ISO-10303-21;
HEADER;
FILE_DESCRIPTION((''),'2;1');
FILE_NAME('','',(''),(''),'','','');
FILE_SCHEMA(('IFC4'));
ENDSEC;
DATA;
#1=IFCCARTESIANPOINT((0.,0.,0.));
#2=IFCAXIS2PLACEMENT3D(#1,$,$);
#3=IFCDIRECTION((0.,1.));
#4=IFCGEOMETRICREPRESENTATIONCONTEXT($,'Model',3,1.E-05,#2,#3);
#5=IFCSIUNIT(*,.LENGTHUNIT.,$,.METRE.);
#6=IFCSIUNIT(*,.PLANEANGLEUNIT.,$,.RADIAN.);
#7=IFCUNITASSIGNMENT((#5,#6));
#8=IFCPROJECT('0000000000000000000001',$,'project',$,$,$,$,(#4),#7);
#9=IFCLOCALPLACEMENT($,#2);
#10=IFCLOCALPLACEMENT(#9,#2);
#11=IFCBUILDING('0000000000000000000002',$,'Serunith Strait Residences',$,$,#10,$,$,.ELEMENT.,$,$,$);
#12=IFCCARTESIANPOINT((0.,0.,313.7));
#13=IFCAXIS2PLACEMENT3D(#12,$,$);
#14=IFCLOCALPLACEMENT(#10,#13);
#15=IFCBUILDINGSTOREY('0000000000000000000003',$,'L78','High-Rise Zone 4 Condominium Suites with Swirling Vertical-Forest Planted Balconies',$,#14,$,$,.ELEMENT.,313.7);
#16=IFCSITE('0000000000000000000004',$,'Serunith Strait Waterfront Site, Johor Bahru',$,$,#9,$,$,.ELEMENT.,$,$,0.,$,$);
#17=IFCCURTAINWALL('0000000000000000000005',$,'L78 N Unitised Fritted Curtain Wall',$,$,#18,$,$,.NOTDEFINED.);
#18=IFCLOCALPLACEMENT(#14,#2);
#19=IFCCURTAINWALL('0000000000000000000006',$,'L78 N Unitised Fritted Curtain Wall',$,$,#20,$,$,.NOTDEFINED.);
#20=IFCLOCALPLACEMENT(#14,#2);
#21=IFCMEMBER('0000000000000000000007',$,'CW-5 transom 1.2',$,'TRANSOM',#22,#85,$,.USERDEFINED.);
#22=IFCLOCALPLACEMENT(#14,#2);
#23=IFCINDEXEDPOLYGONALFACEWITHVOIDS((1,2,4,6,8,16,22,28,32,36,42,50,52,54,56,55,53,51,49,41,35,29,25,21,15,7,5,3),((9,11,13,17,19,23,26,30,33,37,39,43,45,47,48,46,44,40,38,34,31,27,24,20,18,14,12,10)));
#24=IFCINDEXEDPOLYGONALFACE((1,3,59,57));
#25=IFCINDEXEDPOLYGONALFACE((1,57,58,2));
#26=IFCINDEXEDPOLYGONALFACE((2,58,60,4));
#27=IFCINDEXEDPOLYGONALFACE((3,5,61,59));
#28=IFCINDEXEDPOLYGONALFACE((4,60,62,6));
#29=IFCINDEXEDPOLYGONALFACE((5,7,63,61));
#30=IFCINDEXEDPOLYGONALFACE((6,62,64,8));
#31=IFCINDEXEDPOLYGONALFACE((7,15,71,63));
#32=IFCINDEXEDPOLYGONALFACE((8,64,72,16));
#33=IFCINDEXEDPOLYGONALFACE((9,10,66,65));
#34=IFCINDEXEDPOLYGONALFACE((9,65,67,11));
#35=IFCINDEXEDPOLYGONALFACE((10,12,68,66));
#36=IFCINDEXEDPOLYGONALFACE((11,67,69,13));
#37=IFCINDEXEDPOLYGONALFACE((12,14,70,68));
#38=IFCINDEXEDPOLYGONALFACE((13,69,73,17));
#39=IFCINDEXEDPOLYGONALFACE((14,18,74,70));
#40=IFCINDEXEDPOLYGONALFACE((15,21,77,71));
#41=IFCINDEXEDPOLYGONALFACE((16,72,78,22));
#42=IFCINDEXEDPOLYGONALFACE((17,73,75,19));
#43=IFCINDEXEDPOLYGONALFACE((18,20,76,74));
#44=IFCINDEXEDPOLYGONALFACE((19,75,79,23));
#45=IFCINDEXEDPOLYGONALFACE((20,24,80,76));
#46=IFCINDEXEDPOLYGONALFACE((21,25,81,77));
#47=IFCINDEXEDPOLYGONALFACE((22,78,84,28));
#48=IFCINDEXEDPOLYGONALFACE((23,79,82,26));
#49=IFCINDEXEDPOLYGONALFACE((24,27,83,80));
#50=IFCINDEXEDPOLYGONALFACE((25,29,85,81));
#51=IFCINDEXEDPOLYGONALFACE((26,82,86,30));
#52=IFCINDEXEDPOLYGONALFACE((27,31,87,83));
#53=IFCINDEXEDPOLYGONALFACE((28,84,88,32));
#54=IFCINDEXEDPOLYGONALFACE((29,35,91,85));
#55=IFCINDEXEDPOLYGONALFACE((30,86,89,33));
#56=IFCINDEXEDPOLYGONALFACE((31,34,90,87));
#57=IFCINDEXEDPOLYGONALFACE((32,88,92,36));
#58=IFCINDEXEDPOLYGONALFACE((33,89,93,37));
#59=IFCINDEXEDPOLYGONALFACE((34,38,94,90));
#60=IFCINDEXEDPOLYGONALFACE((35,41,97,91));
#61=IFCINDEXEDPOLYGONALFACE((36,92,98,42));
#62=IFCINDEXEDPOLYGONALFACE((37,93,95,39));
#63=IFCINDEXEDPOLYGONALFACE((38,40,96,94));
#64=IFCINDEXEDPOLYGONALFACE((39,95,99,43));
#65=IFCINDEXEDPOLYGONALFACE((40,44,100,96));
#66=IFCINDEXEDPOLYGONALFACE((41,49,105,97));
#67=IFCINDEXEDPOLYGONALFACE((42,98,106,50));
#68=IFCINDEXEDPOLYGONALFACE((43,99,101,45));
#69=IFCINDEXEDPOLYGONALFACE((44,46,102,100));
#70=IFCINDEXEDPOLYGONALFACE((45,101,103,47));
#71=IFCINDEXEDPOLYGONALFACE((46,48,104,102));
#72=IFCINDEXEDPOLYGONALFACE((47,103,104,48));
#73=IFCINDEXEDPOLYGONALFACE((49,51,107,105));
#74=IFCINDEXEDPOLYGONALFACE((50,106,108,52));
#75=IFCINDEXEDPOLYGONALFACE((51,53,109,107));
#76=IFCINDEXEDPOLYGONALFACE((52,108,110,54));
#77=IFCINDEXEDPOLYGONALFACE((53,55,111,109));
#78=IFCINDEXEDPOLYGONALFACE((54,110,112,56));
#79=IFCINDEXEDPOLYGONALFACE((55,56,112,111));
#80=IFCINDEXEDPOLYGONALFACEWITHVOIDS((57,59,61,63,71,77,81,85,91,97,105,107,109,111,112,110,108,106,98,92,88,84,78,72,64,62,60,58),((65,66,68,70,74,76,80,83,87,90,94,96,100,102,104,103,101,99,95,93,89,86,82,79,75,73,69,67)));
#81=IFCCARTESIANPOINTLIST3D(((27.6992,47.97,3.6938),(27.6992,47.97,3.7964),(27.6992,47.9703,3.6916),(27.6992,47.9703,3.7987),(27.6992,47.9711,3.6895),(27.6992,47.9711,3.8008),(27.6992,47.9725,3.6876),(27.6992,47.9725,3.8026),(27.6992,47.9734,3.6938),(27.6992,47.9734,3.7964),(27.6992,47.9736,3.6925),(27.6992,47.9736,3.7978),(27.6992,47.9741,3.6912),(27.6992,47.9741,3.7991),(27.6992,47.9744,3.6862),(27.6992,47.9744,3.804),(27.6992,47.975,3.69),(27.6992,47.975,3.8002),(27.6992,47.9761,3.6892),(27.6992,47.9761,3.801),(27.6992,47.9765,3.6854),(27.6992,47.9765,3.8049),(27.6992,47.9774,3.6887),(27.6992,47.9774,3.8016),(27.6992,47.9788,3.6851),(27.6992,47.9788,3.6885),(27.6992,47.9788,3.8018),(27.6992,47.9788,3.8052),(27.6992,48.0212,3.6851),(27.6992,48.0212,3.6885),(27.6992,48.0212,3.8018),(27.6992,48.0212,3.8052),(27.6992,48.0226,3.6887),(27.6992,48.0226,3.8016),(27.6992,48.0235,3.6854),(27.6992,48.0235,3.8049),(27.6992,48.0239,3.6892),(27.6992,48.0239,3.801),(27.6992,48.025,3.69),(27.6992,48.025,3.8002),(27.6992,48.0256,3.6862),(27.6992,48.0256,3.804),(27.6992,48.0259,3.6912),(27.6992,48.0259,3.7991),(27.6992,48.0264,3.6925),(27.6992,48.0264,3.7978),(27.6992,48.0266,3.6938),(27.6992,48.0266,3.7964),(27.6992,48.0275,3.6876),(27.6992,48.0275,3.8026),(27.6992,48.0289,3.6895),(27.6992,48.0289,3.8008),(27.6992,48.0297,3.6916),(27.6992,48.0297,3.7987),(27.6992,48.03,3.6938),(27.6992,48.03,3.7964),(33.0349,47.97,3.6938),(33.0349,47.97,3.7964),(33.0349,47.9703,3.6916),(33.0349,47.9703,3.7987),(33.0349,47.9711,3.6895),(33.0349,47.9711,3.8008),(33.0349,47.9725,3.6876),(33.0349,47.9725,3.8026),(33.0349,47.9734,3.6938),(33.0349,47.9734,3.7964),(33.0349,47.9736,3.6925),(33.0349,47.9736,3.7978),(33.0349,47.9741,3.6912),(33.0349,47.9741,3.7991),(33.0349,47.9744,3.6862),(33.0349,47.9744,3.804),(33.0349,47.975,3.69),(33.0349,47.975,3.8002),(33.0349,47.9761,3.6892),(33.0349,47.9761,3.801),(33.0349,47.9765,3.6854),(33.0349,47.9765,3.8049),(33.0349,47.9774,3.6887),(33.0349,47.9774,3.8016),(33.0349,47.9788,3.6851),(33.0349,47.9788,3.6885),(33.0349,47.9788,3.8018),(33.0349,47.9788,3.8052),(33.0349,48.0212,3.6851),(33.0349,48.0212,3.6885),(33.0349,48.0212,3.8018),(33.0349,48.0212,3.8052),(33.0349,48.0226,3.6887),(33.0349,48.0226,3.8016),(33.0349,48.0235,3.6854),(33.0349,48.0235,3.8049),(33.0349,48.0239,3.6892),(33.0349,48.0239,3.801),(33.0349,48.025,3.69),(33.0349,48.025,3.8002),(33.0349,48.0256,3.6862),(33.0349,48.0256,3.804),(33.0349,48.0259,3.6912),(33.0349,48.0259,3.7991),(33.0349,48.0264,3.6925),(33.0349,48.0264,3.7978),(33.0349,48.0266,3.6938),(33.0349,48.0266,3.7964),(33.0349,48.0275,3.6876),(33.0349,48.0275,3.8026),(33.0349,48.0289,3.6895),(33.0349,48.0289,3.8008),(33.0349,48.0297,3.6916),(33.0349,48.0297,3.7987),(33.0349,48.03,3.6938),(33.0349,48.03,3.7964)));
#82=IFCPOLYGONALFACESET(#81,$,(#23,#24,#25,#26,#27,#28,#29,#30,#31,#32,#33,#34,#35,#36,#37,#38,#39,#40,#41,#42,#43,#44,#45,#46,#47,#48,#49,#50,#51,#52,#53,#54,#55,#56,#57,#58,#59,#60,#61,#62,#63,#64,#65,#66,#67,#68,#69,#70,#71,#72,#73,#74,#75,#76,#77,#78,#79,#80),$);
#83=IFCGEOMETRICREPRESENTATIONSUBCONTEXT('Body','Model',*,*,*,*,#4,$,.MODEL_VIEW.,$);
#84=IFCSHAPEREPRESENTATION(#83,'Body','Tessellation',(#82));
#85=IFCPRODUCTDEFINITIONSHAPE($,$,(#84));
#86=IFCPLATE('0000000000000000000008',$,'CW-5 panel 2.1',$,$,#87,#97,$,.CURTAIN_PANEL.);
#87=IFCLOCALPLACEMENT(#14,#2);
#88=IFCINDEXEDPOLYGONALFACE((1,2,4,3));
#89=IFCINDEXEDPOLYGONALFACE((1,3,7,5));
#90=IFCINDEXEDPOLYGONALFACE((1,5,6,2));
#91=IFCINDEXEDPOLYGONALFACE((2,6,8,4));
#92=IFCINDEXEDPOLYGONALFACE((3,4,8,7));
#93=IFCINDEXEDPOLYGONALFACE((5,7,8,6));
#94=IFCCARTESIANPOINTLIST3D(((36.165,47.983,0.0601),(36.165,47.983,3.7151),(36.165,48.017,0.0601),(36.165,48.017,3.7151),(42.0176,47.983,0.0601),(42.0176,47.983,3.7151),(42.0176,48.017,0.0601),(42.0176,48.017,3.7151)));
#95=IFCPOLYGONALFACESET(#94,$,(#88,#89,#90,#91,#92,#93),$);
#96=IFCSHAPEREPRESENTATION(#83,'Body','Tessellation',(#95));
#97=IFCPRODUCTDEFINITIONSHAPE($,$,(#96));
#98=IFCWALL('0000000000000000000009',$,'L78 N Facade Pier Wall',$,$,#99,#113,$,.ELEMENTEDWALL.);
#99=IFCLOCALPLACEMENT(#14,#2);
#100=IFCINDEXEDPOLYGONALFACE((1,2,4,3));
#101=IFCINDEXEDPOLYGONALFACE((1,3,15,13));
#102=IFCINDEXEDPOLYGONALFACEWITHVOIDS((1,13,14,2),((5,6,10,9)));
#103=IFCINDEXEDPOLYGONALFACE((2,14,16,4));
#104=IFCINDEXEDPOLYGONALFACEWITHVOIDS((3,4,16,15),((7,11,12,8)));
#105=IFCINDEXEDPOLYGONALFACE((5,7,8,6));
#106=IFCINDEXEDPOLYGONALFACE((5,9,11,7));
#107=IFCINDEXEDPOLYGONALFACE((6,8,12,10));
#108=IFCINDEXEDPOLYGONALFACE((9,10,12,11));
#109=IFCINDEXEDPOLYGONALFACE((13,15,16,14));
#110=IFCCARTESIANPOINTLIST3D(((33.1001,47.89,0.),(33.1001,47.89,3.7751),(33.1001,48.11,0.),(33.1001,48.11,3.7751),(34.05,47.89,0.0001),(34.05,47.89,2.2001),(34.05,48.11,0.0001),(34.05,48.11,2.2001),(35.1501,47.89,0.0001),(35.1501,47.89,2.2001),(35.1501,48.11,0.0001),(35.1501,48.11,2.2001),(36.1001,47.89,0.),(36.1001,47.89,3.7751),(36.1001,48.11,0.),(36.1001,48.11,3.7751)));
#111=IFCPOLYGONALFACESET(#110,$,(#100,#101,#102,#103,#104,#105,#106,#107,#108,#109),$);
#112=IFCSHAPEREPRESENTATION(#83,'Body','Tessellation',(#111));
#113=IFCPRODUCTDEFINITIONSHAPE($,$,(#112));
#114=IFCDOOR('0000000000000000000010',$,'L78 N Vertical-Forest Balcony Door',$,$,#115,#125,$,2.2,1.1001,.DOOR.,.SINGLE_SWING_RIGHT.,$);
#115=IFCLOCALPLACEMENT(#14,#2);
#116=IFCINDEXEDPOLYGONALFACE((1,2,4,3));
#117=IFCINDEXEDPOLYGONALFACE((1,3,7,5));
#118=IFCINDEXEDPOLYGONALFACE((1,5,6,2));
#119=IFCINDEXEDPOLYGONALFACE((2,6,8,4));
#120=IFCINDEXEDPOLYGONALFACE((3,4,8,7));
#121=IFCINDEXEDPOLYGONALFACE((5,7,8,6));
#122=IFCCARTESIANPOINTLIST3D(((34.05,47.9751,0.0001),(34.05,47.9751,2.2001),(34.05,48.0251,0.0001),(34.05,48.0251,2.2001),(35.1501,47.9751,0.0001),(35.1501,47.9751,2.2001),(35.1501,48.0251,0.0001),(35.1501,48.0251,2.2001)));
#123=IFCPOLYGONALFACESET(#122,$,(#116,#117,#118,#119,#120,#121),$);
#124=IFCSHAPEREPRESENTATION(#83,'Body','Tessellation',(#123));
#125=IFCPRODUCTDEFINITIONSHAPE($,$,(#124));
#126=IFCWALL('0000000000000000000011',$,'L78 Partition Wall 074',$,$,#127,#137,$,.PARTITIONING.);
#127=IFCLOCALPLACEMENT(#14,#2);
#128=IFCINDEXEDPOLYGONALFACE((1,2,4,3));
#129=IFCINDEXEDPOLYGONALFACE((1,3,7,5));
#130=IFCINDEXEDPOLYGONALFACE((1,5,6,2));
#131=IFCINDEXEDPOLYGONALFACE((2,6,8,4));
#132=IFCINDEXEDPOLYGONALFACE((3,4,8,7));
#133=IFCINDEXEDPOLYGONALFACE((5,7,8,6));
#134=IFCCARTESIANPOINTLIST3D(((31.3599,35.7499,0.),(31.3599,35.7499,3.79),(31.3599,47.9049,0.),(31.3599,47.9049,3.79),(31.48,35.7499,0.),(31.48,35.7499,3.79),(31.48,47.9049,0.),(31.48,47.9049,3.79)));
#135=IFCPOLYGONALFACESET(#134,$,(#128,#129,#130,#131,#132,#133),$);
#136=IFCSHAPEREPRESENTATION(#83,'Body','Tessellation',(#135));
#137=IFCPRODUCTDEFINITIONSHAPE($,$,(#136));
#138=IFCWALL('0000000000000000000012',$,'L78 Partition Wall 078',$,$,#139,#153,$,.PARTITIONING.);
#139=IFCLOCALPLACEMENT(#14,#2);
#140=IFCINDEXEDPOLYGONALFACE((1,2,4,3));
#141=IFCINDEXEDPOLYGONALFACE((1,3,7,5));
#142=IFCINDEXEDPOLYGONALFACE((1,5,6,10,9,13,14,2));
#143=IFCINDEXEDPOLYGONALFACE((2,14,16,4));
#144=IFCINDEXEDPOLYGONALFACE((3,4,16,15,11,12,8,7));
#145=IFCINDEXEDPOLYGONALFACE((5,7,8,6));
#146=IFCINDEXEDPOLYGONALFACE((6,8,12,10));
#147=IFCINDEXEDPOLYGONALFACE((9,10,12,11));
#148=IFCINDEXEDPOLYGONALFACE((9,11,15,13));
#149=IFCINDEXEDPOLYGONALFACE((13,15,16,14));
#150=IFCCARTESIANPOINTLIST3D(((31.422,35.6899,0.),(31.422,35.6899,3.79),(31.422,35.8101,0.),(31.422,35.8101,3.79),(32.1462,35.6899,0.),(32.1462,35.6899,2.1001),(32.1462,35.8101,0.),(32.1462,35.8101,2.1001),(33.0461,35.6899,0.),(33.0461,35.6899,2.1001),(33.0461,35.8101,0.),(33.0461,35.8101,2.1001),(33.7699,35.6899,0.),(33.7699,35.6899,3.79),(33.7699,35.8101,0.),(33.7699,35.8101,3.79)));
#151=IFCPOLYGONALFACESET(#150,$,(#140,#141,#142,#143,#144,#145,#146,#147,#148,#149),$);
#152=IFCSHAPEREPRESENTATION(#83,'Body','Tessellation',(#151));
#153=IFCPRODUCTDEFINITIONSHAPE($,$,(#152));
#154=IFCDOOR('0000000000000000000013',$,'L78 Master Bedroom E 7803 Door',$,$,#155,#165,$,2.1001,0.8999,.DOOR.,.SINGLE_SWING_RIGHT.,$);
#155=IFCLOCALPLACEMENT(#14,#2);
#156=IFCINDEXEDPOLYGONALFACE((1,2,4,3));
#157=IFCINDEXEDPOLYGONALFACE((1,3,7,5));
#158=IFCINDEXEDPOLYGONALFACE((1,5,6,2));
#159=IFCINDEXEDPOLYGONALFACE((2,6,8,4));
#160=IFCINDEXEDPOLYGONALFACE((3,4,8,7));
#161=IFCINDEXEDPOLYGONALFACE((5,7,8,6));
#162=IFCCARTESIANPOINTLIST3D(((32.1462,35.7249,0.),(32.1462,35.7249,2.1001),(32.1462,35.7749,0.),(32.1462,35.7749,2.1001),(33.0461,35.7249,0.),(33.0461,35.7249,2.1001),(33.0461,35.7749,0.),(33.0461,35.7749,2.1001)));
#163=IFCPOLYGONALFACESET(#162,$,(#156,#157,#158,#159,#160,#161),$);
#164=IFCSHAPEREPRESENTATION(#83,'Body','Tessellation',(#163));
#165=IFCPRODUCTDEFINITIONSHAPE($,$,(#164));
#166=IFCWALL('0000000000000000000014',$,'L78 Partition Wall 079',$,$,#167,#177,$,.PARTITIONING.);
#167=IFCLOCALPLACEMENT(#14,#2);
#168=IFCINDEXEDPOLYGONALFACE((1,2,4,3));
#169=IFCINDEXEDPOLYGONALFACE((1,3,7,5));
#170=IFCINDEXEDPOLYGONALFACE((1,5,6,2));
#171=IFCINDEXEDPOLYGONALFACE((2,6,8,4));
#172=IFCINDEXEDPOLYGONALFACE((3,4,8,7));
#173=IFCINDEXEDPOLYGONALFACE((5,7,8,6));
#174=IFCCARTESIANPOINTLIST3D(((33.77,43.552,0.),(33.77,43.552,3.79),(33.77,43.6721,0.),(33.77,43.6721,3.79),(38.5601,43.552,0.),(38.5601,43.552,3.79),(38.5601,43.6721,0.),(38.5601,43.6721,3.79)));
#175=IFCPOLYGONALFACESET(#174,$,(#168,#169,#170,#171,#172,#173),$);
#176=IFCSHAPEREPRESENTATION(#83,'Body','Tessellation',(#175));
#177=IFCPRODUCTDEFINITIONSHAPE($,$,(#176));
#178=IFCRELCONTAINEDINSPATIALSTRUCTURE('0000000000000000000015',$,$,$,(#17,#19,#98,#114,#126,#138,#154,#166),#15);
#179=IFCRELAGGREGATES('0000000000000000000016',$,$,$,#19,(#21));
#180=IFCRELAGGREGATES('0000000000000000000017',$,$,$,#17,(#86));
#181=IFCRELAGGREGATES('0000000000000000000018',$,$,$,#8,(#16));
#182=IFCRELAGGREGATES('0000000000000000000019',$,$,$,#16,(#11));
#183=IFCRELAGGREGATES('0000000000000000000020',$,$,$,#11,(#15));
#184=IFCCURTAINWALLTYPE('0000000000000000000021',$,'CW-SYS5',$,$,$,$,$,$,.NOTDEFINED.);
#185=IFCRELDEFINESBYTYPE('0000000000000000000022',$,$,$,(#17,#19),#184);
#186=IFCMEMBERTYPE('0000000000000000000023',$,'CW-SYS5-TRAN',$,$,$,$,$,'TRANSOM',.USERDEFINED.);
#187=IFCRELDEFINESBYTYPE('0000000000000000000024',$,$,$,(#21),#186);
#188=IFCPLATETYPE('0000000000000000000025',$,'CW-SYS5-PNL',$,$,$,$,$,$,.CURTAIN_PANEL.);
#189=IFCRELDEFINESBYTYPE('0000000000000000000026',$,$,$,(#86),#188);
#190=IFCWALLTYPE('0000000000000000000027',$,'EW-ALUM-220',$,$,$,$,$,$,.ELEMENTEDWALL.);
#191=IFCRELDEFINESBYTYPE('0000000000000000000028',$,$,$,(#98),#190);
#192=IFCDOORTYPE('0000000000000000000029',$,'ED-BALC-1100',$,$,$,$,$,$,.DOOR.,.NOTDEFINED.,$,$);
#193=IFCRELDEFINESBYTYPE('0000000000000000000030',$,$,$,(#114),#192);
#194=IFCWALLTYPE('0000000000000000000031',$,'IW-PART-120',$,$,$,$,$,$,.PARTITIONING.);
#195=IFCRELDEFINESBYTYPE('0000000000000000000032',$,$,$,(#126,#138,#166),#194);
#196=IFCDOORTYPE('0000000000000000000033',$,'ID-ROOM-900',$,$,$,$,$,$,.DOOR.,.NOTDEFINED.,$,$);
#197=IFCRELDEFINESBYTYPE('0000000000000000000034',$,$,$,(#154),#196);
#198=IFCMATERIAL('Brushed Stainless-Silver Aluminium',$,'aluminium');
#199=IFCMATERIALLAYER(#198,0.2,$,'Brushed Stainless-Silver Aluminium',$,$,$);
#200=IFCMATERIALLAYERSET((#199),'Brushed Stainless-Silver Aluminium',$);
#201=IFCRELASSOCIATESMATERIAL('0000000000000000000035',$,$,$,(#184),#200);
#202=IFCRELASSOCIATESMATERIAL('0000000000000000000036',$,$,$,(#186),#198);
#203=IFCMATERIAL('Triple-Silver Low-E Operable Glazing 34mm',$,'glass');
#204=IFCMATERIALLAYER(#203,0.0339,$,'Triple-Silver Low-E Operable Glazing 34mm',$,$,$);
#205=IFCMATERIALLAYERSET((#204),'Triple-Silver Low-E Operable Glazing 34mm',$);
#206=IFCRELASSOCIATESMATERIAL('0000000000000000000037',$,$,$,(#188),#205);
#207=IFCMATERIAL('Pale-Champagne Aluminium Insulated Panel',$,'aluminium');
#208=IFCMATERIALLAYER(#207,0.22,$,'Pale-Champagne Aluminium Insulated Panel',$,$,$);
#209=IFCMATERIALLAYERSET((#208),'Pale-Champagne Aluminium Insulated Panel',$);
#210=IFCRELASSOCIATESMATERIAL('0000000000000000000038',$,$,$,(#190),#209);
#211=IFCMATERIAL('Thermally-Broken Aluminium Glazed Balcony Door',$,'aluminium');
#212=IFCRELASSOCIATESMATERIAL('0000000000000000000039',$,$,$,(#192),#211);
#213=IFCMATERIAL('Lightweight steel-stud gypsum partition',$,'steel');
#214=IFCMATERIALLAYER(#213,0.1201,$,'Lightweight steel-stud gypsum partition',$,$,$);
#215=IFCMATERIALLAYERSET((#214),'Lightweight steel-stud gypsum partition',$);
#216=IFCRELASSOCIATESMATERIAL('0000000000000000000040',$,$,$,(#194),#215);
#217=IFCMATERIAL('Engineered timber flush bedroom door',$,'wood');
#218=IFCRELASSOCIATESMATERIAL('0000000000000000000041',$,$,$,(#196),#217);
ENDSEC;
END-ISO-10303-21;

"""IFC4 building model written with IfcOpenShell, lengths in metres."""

from ifc_helpers import new_model, si_unit, direction, frame, frame_2d, origin, origin_2d, place, context, subcontext, project, spatial, rectangle, hollow_rectangle, extrude, source, transform, mapped, material, layer, layer_set, material_profile, profile_set, type_object, element, fill, aggregate, save


model = new_model("IFC4")

# Units and contexts
model_context = context("Model", 3, precision=1e-05, world=origin(), true_north=direction((0.0, 1.0)))
body_context = subcontext(model_context, "Body", "Model", "MODEL_VIEW")
ifc_project = project(units=[si_unit("LENGTHUNIT", "METRE"), si_unit("PLANEANGLEUNIT", "RADIAN")], contexts=[model_context])

# Site, building, storey
site_placement = place(None, origin())
site = spatial("IfcSite", under=ifc_project, at=site_placement, Name="Serunith Strait Waterfront Site, Johor Bahru", CompositionType="ELEMENT", RefElevation=0.0)
building_placement = place(site_placement, origin())
building = spatial("IfcBuilding", under=site, at=building_placement, Name="Serunith Strait Residences", CompositionType="ELEMENT")
storey_placement = place(building_placement, frame((0.0, 0.0, 313.7)))
storey = spatial("IfcBuildingStorey", under=building, at=storey_placement, Name="L78", Description="High-Rise Zone 4 Condominium Suites with Swirling Vertical-Forest Planted Balconies", CompositionType="ELEMENT", Elevation=313.7)

# Curtain wall
ifc_material_1 = material(Name="Brushed Stainless-Silver Aluminium", Category="aluminium")
ifc_layer_1 = layer(ifc_material_1, 0.2, Name="Brushed Stainless-Silver Aluminium")
ifc_layer_set_1 = layer_set([ifc_layer_1], Name="Brushed Stainless-Silver Aluminium")
curtain_wall_type = type_object("IfcCurtainWallType", Name="CW-SYS5", PredefinedType="NOTDEFINED", material=ifc_layer_set_1)
curtain_wall_1_placement = place(storey_placement, origin())
curtain_wall_1 = element("IfcCurtainWall", 1, at=curtain_wall_1_placement, inside=storey, type_object=curtain_wall_type, Name="L78 N Unitised Fritted Curtain Wall", PredefinedType="NOTDEFINED")

# Curtain wall
curtain_wall_2_placement = place(storey_placement, origin())
curtain_wall_2 = element("IfcCurtainWall", 2, at=curtain_wall_2_placement, inside=storey, type_object=curtain_wall_type, Name="L78 N Unitised Fritted Curtain Wall", PredefinedType="NOTDEFINED")

# Member
ifc_material_profile_1 = material_profile(ifc_material_1, hollow_rectangle(XDim=0.0601, YDim=0.1201, WallThickness=0.0034, InnerFilletRadius=0.0054, OuterFilletRadius=0.0088, at=origin_2d()), Name="ALU 120x60x3.5")
ifc_profile_set_1 = profile_set([ifc_material_profile_1], Name="Brushed Stainless-Silver Aluminium")
member_type_1 = type_object("IfcMemberType", Name="CW-SYS5-TRAN", ElementType="TRANSOM", PredefinedType="USERDEFINED", material=ifc_profile_set_1)
shared_shape_1 = source(origin(), body_context, "Body", "SweptSolid", [
    extrude(hollow_rectangle(XDim=0.0601, YDim=0.1201, WallThickness=0.0034, InnerFilletRadius=0.0054, OuterFilletRadius=0.0088, at=origin_2d()), origin(), (0.0, 0.0, 1.0), 5.3357),
])
member_1_placement = place(storey_placement, frame((33.0349, 48.0, 3.7451), z_axis=(-1.0, 0.0, 0.0), x_axis=(0.0, -1.0, 0.0)))
member_1 = element("IfcMember", 3, at=member_1_placement, type_object=member_type_1, Name="CW-5 transom 1.2", ObjectType="TRANSOM", PredefinedType="USERDEFINED", context=body_context, shape_type="MappedRepresentation", body=[
    mapped(shared_shape_1, transform((0.0, 0.0, 0.0), scale=1.0)),
])
aggregate(curtain_wall_2, [member_1])

# Plate
ifc_material_2 = material(Name="Triple-Silver Low-E Operable Glazing 34mm", Category="glass")
ifc_layer_2 = layer(ifc_material_2, 0.0339, Name="Triple-Silver Low-E Operable Glazing 34mm")
ifc_layer_set_2 = layer_set([ifc_layer_2], Name="Triple-Silver Low-E Operable Glazing 34mm")
plate_type = type_object("IfcPlateType", Name="CW-SYS5-PNL", PredefinedType="CURTAIN_PANEL", material=ifc_layer_set_2)
shared_shape_2 = source(origin(), body_context, "Body", "SweptSolid", [
    extrude(rectangle(XDim=5.8525, YDim=0.0339, at=origin_2d()), origin(), (0.0, 0.0, 1.0), 3.655),
])
plate_placement = place(storey_placement, frame((39.0913, 48.0, 0.0601), z_axis=(0.0, 0.0, 1.0), x_axis=(-1.0, 0.0, 0.0)))
plate = element("IfcPlate", 4, at=plate_placement, type_object=plate_type, Name="CW-5 panel 2.1", PredefinedType="CURTAIN_PANEL", context=body_context, shape_type="MappedRepresentation", body=[
    mapped(shared_shape_2, transform((0.0, 0.0, 0.0), scale=1.0)),
])
aggregate(curtain_wall_1, [plate])

# Wall, opening, door
ifc_material_3 = material(Name="Pale-Champagne Aluminium Insulated Panel", Category="aluminium")
ifc_layer_3 = layer(ifc_material_3, 0.22, Name="Pale-Champagne Aluminium Insulated Panel")
ifc_layer_set_3 = layer_set([ifc_layer_3], Name="Pale-Champagne Aluminium Insulated Panel")
wall_type_1 = type_object("IfcWallType", Name="EW-ALUM-220", PredefinedType="ELEMENTEDWALL", material=ifc_layer_set_3)
wall_1_placement = place(storey_placement, frame((36.1001, 48.0, 0.0), z_axis=(0.0, 0.0, 1.0), x_axis=(-1.0, 0.0, 0.0)))
wall_1 = element("IfcWall", 5, at=wall_1_placement, inside=storey, type_object=wall_type_1, Name="L78 N Facade Pier Wall", PredefinedType="ELEMENTEDWALL", context=body_context, shape_type="SweptSolid", body=[
    extrude(rectangle(XDim=3.0, YDim=0.22, at=frame_2d((1.5, 0.0))), origin(), (0.0, 0.0, 1.0), 3.7751),
])
opening_1_placement = place(wall_1_placement, frame((0.95, 0.0, 0.0)))
opening_1 = element("IfcOpeningElement", 6, at=opening_1_placement, cuts=wall_1, PredefinedType="OPENING", context=body_context, shape_type="SweptSolid", body=[
    extrude(rectangle(XDim=1.1001, YDim=2.2, at=frame_2d((0.55, 1.1001))), frame((0.0, 0.1201, 0.0), z_axis=(0.0, -1.0, 0.0), x_axis=(1.0, 0.0, 0.0)), (0.0, 0.0, 1.0), 0.24),
])
ifc_material_4 = material(Name="Thermally-Broken Aluminium Glazed Balcony Door", Category="aluminium")
door_type_1 = type_object("IfcDoorType", Name="ED-BALC-1100", OperationType="NOTDEFINED", PredefinedType="DOOR", material=ifc_material_4)
shared_shape_3 = source(origin(), body_context, "Body", "SweptSolid", [
    extrude(rectangle(XDim=1.1001, YDim=2.2, at=frame_2d((0.55, 1.1001))), frame((0.0, 0.0249, 0.0), z_axis=(0.0, -1.0, 0.0), x_axis=(1.0, 0.0, 0.0)), (0.0, 0.0, 1.0), 0.05),
])
door_1_placement = place(opening_1_placement, origin())
door_1 = element("IfcDoor", 7, at=door_1_placement, inside=storey, type_object=door_type_1, Name="L78 N Vertical-Forest Balcony Door", OperationType="SINGLE_SWING_RIGHT", OverallHeight=2.2, OverallWidth=1.1001, PredefinedType="DOOR", context=body_context, shape_type="MappedRepresentation", body=[
    mapped(shared_shape_3, transform((0.0, 0.0, 0.0), scale=1.0)),
])
fill(opening_1, door_1)

# Wall
ifc_material_5 = material(Name="Lightweight steel-stud gypsum partition", Category="steel")
ifc_layer_4 = layer(ifc_material_5, 0.1201, Name="Lightweight steel-stud gypsum partition")
ifc_layer_set_4 = layer_set([ifc_layer_4], Name="Lightweight steel-stud gypsum partition")
wall_type_2 = type_object("IfcWallType", Name="IW-PART-120", PredefinedType="PARTITIONING", material=ifc_layer_set_4)
wall_2_placement = place(storey_placement, frame((31.4199, 47.905, 0.0), z_axis=(0.0, 0.0, 1.0), x_axis=(0.0, -1.0, 0.0)))
element("IfcWall", 8, at=wall_2_placement, inside=storey, type_object=wall_type_2, Name="L78 Partition Wall 074", PredefinedType="PARTITIONING", context=body_context, shape_type="SweptSolid", body=[
    extrude(rectangle(XDim=12.155, YDim=0.1201, at=frame_2d((6.0776, 0.0))), origin(), (0.0, 0.0, 1.0), 3.79),
])

# Wall, opening, door
wall_3_placement = place(storey_placement, frame((31.4221, 35.75, 0.0), z_axis=(0.0, 0.0, 1.0), x_axis=(1.0, 0.0, 0.0)))
wall_3 = element("IfcWall", 9, at=wall_3_placement, inside=storey, type_object=wall_type_2, Name="L78 Partition Wall 078", PredefinedType="PARTITIONING", context=body_context, shape_type="SweptSolid", body=[
    extrude(rectangle(XDim=2.3479, YDim=0.1201, at=frame_2d((1.1738, 0.0))), origin(), (0.0, 0.0, 1.0), 3.79),
])
opening_2_placement = place(wall_3_placement, frame((0.7241, 0.0, 0.0)))
opening_2 = element("IfcOpeningElement", 10, at=opening_2_placement, cuts=wall_3, PredefinedType="OPENING", context=body_context, shape_type="SweptSolid", body=[
    extrude(rectangle(XDim=0.8999, YDim=2.1001, at=frame_2d((0.45, 1.05))), frame((0.0, 0.0701, 0.0), z_axis=(0.0, -1.0, 0.0), x_axis=(1.0, 0.0, 0.0)), (0.0, 0.0, 1.0), 0.1401),
])
ifc_material_6 = material(Name="Engineered timber flush bedroom door", Category="wood")
door_type_2 = type_object("IfcDoorType", Name="ID-ROOM-900", OperationType="NOTDEFINED", PredefinedType="DOOR", material=ifc_material_6)
shared_shape_4 = source(origin(), body_context, "Body", "SweptSolid", [
    extrude(rectangle(XDim=0.8999, YDim=2.1001, at=frame_2d((0.45, 1.05))), frame((0.0, 0.0249, 0.0), z_axis=(0.0, -1.0, 0.0), x_axis=(1.0, 0.0, 0.0)), (0.0, 0.0, 1.0), 0.05),
])
door_2_placement = place(opening_2_placement, origin())
door_2 = element("IfcDoor", 11, at=door_2_placement, inside=storey, type_object=door_type_2, Name="L78 Master Bedroom E 7803 Door", OperationType="SINGLE_SWING_RIGHT", OverallHeight=2.1001, OverallWidth=0.8999, PredefinedType="DOOR", context=body_context, shape_type="MappedRepresentation", body=[
    mapped(shared_shape_4, transform((0.0, 0.0, 0.0), scale=1.0)),
])
fill(opening_2, door_2)

# Wall
for number, where, z_axis, x_axis, name in (
    (12, (33.77, 43.6121, 0.0), (0.0, 0.0, 1.0), (1.0, 0.0, 0.0), "L78 Partition Wall 079"),
):
    element("IfcWall", number, at=place(storey_placement, frame(where, z_axis=z_axis, x_axis=x_axis)), inside=storey, type_object=wall_type_2, Name=name, PredefinedType="PARTITIONING", context=body_context, shape_type="SweptSolid", body=[
        extrude(rectangle(XDim=4.79, YDim=0.1201, at=frame_2d((2.395, 0.0))), origin(), (0.0, 0.0, 1.0), 3.79),
    ])

save(model, "model.ifc")
